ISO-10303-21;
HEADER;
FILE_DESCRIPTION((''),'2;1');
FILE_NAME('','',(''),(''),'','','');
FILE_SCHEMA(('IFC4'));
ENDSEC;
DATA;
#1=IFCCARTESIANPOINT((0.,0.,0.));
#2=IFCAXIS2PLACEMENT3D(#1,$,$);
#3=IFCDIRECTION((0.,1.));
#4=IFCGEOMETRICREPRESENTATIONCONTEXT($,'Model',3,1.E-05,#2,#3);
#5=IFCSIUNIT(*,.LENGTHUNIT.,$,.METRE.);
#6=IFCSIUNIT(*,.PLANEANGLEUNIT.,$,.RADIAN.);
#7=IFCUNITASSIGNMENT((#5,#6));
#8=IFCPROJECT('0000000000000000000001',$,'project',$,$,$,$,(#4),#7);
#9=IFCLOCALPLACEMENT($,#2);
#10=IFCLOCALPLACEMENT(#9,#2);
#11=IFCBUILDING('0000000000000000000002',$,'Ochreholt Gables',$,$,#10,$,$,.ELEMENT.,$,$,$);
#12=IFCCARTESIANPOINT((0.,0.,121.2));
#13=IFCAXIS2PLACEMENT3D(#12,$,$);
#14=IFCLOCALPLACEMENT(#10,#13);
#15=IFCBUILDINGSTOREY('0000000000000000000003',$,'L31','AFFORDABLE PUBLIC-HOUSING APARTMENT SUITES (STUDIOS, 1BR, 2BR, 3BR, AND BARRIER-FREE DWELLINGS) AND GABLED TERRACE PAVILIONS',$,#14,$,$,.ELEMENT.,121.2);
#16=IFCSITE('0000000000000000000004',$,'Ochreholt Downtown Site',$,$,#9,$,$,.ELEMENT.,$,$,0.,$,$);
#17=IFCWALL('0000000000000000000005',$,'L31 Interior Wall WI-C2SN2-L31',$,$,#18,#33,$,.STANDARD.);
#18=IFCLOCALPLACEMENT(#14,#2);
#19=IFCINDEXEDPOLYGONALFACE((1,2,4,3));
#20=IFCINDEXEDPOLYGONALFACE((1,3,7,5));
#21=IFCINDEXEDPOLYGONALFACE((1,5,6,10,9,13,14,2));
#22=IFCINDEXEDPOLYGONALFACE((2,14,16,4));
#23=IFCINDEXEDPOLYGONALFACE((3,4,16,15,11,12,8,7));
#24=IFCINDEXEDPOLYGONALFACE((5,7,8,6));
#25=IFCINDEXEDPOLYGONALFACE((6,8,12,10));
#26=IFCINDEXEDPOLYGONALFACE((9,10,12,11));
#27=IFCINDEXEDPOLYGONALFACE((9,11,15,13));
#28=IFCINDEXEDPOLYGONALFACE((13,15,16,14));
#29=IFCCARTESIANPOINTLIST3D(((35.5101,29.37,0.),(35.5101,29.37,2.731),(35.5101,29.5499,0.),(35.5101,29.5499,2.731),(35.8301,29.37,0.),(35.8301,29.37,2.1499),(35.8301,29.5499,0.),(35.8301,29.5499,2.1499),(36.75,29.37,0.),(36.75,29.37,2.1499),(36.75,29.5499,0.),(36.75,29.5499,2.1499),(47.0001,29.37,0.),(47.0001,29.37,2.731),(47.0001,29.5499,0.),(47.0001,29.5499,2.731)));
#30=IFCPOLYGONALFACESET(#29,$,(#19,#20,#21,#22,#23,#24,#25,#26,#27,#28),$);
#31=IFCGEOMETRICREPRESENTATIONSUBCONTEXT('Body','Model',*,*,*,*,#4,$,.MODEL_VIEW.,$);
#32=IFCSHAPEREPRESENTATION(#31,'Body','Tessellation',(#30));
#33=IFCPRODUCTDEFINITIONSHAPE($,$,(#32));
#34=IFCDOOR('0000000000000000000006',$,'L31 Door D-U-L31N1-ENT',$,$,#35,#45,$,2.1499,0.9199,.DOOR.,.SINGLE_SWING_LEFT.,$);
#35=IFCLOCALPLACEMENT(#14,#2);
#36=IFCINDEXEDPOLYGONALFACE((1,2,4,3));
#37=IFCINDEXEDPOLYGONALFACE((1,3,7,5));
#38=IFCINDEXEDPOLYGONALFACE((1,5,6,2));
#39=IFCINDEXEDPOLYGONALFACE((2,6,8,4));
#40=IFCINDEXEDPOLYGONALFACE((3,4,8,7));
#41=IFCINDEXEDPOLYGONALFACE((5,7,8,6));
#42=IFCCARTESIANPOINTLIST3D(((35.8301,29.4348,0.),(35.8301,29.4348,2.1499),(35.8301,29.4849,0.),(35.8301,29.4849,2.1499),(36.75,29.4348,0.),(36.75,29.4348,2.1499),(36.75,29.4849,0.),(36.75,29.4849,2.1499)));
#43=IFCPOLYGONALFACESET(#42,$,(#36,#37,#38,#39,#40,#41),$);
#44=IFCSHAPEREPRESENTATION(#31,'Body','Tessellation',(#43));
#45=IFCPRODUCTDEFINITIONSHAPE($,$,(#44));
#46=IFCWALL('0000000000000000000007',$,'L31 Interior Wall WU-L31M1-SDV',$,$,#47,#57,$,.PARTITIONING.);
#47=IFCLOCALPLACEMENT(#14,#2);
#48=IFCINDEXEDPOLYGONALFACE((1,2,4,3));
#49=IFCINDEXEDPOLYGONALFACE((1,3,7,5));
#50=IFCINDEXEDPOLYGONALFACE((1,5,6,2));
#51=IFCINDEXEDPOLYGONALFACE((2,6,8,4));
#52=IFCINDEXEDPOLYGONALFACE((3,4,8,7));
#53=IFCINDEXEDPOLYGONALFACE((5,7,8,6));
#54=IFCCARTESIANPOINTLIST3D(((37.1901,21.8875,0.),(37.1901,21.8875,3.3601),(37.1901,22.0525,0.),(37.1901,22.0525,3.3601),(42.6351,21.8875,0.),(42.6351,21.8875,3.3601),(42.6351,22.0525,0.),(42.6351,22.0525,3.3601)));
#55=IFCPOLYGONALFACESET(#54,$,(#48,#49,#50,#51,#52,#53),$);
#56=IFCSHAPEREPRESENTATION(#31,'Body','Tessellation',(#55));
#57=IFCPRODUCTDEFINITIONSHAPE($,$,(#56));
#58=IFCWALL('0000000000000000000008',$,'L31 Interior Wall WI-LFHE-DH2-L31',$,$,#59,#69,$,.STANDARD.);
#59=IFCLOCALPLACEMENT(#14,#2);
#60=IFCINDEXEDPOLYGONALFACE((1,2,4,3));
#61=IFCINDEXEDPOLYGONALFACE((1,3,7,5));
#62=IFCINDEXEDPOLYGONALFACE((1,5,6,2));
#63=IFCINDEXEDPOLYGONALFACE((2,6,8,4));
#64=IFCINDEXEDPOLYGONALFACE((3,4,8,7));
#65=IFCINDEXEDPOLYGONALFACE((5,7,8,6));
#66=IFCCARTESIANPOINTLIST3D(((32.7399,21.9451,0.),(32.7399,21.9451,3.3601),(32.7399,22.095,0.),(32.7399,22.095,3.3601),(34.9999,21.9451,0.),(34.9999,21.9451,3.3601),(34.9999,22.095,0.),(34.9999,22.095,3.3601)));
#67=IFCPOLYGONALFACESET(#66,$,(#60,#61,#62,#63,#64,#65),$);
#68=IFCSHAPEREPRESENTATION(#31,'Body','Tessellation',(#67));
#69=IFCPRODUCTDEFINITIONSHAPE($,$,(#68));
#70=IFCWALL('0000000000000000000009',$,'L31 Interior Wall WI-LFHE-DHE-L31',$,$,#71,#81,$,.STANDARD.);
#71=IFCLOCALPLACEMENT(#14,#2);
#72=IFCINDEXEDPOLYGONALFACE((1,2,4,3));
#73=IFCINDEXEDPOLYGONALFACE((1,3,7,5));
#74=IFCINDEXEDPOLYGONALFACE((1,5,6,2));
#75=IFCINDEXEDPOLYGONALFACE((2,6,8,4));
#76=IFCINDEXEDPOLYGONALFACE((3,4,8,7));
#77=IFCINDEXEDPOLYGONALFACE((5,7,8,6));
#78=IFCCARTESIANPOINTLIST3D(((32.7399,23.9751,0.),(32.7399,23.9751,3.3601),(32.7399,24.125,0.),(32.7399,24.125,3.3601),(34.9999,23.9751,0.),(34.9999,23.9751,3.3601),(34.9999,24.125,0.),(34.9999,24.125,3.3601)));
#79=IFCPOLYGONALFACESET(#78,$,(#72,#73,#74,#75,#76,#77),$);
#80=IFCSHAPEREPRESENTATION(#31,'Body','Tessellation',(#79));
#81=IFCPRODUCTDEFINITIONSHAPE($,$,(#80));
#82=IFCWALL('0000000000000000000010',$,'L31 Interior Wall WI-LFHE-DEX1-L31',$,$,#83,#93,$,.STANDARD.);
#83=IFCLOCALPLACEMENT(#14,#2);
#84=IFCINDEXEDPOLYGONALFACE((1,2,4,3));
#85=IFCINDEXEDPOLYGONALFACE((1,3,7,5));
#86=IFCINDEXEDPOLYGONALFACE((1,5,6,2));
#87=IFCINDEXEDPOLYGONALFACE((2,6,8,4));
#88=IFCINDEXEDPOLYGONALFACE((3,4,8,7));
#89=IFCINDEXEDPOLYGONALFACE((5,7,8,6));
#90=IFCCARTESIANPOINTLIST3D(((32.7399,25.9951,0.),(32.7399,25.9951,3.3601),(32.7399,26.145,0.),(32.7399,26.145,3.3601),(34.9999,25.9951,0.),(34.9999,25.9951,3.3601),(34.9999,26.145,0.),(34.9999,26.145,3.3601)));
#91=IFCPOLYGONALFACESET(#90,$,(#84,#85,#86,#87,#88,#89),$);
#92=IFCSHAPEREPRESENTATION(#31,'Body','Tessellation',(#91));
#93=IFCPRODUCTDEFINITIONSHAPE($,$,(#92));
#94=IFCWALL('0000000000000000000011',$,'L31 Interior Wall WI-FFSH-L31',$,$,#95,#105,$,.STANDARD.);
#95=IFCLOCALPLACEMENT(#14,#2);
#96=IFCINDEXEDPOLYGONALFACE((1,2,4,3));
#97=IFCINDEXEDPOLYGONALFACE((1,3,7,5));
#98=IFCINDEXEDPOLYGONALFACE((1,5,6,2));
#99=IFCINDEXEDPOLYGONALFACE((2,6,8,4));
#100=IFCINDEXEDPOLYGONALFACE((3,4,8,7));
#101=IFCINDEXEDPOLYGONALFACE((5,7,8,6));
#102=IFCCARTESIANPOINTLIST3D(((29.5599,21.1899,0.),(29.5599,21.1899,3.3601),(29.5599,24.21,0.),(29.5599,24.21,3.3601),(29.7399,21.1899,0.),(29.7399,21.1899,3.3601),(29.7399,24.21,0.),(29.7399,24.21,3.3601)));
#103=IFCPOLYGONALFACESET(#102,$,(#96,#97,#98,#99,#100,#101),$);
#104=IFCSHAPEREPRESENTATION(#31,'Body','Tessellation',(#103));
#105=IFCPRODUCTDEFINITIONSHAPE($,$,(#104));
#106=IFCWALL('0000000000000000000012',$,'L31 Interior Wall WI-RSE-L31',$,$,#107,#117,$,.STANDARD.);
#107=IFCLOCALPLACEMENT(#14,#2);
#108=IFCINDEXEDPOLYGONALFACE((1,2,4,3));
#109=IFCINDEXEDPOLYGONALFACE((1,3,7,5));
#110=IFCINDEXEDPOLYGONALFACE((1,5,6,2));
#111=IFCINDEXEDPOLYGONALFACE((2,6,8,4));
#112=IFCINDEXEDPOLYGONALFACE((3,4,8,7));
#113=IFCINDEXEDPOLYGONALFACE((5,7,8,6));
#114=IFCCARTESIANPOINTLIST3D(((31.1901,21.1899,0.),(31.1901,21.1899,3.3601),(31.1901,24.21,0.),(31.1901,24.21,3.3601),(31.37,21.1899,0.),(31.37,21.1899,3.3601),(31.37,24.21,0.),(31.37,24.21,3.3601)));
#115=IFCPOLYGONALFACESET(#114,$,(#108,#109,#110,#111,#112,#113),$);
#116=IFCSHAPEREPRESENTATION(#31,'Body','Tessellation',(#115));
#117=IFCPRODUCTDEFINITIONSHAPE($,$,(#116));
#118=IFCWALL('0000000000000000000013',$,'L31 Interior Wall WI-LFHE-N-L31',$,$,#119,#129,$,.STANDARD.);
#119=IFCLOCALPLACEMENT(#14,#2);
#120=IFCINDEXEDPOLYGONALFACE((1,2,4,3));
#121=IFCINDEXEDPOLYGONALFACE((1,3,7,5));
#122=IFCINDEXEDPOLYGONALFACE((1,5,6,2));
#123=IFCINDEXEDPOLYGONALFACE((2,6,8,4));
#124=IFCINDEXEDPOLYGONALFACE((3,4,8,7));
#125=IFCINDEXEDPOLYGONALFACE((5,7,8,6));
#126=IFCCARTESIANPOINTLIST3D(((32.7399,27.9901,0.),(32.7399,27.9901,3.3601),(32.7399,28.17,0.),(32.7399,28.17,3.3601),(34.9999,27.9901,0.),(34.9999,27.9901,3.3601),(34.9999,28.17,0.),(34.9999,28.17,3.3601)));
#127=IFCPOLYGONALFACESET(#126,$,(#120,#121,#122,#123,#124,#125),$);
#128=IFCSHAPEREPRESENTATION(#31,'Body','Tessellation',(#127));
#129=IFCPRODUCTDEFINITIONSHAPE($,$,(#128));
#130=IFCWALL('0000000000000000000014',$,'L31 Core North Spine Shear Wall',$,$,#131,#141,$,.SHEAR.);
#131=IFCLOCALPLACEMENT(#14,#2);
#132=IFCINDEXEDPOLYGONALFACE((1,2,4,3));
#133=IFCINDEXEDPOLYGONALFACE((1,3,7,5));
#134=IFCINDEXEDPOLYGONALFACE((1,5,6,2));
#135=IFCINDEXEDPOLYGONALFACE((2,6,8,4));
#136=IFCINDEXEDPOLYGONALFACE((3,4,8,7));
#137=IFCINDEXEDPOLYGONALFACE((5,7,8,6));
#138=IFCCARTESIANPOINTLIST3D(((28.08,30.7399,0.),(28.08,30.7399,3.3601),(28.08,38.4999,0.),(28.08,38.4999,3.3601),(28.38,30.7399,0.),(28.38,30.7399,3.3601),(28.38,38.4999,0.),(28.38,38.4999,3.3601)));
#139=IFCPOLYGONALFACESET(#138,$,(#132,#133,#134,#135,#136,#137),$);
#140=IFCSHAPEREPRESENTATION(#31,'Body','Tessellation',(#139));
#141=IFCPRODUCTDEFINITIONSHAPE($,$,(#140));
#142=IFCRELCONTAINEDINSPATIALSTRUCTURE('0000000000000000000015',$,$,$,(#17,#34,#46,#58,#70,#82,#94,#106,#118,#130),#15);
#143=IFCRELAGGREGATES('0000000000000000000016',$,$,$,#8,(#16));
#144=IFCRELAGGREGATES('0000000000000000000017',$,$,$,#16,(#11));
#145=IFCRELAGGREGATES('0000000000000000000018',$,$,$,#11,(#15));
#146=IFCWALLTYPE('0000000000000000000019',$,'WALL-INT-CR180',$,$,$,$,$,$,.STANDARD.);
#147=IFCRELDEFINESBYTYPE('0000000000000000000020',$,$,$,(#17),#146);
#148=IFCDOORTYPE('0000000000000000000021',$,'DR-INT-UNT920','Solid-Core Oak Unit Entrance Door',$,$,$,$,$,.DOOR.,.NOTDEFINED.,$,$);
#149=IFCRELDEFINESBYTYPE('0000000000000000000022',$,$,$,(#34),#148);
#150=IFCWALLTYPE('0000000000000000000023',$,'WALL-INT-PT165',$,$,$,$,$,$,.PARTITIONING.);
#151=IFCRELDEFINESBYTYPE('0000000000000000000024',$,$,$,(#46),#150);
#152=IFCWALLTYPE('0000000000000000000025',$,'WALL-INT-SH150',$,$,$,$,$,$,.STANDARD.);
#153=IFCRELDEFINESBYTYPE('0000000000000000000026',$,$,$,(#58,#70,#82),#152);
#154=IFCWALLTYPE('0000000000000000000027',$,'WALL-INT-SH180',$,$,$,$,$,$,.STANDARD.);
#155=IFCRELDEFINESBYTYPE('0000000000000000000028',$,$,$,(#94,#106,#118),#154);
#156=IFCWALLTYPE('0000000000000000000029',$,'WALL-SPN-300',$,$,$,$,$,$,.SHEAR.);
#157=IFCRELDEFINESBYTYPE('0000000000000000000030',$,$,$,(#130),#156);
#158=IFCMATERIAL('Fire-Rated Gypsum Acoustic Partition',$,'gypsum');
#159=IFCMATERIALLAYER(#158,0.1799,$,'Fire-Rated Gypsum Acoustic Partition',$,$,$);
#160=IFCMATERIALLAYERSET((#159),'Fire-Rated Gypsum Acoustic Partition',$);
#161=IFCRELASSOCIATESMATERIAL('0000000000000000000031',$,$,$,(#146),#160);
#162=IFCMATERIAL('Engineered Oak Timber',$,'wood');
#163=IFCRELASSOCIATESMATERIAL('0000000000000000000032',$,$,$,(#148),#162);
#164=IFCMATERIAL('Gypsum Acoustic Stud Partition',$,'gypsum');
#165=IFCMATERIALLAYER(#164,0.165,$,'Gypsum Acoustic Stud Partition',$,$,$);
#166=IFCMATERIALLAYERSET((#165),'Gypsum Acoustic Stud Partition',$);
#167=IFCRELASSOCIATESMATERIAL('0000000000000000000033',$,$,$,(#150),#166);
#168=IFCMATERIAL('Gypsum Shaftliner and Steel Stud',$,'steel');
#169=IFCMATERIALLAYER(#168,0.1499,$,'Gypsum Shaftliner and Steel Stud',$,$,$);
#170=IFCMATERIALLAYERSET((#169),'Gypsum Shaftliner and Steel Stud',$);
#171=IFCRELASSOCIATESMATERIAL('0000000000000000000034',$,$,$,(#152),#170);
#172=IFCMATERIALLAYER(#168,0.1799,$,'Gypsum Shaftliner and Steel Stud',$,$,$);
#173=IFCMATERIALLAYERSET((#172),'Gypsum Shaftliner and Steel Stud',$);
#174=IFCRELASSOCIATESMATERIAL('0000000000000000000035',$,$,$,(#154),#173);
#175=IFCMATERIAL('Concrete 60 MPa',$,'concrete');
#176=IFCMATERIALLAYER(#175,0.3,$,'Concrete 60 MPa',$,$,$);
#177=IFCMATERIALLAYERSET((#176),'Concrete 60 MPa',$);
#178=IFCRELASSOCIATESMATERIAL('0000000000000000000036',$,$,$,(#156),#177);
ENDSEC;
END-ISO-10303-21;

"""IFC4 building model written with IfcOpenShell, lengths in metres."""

from ifc_helpers import new_model, si_unit, direction, frame, frame_2d, origin, place, context, subcontext, project, spatial, rectangle, extrude, material, layer, layer_set, type_object, element, fill, save


model = new_model("IFC4")

# Units and contexts
model_context = context("Model", 3, precision=1e-05, world=origin(), true_north=direction((0.0, 1.0)))
body_context = subcontext(model_context, "Body", "Model", "MODEL_VIEW")
ifc_project = project(units=[si_unit("LENGTHUNIT", "METRE"), si_unit("PLANEANGLEUNIT", "RADIAN")], contexts=[model_context])

# Site, building, storey
site_placement = place(None, origin())
site = spatial("IfcSite", under=ifc_project, at=site_placement, Name="Ochreholt Downtown Site", CompositionType="ELEMENT", RefElevation=0.0)
building_placement = place(site_placement, origin())
building = spatial("IfcBuilding", under=site, at=building_placement, Name="Ochreholt Gables", CompositionType="ELEMENT")
storey_placement = place(building_placement, frame((0.0, 0.0, 121.2)))
storey = spatial("IfcBuildingStorey", under=building, at=storey_placement, Name="L31", Description="AFFORDABLE PUBLIC-HOUSING APARTMENT SUITES (STUDIOS, 1BR, 2BR, 3BR, AND BARRIER-FREE DWELLINGS) AND GABLED TERRACE PAVILIONS", CompositionType="ELEMENT", Elevation=121.2)

# Shared definitions
ifc_material_1 = material(Name="Concrete 60 MPa", Category="concrete")

# Shared definitions
ifc_material_2 = material(Name="Fire-Rated Gypsum Acoustic Partition", Category="gypsum")
ifc_layer_1 = layer(ifc_material_2, 0.1799, Name="Fire-Rated Gypsum Acoustic Partition")
ifc_layer_set_1 = layer_set([ifc_layer_1], Name="Fire-Rated Gypsum Acoustic Partition")
wall_type_1 = type_object("IfcWallType", Name="WALL-INT-CR180", PredefinedType="STANDARD", material=ifc_layer_set_1)

# Wall, opening, door
wall_1_placement = place(storey_placement, frame((35.51, 29.46, 0.0), z_axis=(0.0, 0.0, 1.0), x_axis=(1.0, 0.0, 0.0)))
wall_1 = element("IfcWall", 1, at=wall_1_placement, inside=storey, type_object=wall_type_1, Name="L31 Interior Wall WI-C2SN2-L31", PredefinedType="STANDARD", context=body_context, shape_type="SweptSolid", body=[
    extrude(rectangle(XDim=11.49, YDim=0.1799, at=frame_2d((5.7451, 0.0))), origin(), (0.0, 0.0, 1.0), 2.731),
])
opening_1_placement = place(wall_1_placement, frame((0.3201, 0.0, 0.0)))
opening_1 = element("IfcOpeningElement", 2, at=opening_1_placement, cuts=wall_1, PredefinedType="OPENING", context=body_context, shape_type="SweptSolid", body=[
    extrude(rectangle(XDim=0.9199, YDim=2.1499, at=frame_2d((0.46, 1.075))), frame((0.0, 0.0999, 0.0), z_axis=(0.0, -1.0, 0.0), x_axis=(1.0, 0.0, 0.0)), (0.0, 0.0, 1.0), 0.2),
])
ifc_material_3 = material(Name="Engineered Oak Timber", Category="wood")
door_type_1 = type_object("IfcDoorType", Name="DR-INT-UNT920", Description="Solid-Core Oak Unit Entrance Door", OperationType="NOTDEFINED", PredefinedType="DOOR", material=ifc_material_3)
door_1_placement = place(opening_1_placement, origin())
door_1 = element("IfcDoor", 3, at=door_1_placement, inside=storey, type_object=door_type_1, Name="L31 Door D-U-L31N1-ENT", OperationType="SINGLE_SWING_LEFT", OverallHeight=2.1499, OverallWidth=0.9199, PredefinedType="DOOR", context=body_context, shape_type="SweptSolid", body=[
    extrude(rectangle(XDim=0.9199, YDim=2.1499, at=frame_2d((0.46, 1.075))), frame((0.0, 0.0249, 0.0), z_axis=(0.0, -1.0, 0.0), x_axis=(1.0, 0.0, 0.0)), (0.0, 0.0, 1.0), 0.05),
])
fill(opening_1, door_1)

# Walls
ifc_material_4 = material(Name="Gypsum Acoustic Stud Partition", Category="gypsum")
ifc_layer_2 = layer(ifc_material_4, 0.165, Name="Gypsum Acoustic Stud Partition")
ifc_layer_set_2 = layer_set([ifc_layer_2], Name="Gypsum Acoustic Stud Partition")
wall_type_2 = type_object("IfcWallType", Name="WALL-INT-PT165", PredefinedType="PARTITIONING", material=ifc_layer_set_2)
wall_2_placement = place(storey_placement, frame((37.1899, 21.97, 0.0), z_axis=(0.0, 0.0, 1.0), x_axis=(1.0, 0.0, 0.0)))
element("IfcWall", 4, at=wall_2_placement, inside=storey, type_object=wall_type_2, Name="L31 Interior Wall WU-L31M1-SDV", PredefinedType="PARTITIONING", context=body_context, shape_type="SweptSolid", body=[
    extrude(rectangle(XDim=5.4451, YDim=0.165, at=frame_2d((2.7227, 0.0))), origin(), (0.0, 0.0, 1.0), 3.3601),
])
ifc_material_5 = material(Name="Gypsum Shaftliner and Steel Stud", Category="steel")
ifc_layer_3 = layer(ifc_material_5, 0.1499, Name="Gypsum Shaftliner and Steel Stud")
ifc_layer_set_3 = layer_set([ifc_layer_3], Name="Gypsum Shaftliner and Steel Stud")
wall_type_3 = type_object("IfcWallType", Name="WALL-INT-SH150", PredefinedType="STANDARD", material=ifc_layer_set_3)
for number, where, z_axis, x_axis, name in (
    (5, (32.74, 22.02, 0.0), (0.0, 0.0, 1.0), (1.0, 0.0, 0.0), "L31 Interior Wall WI-LFHE-DH2-L31"),
    (6, (32.74, 24.05, 0.0), (0.0, 0.0, 1.0), (1.0, 0.0, 0.0), "L31 Interior Wall WI-LFHE-DHE-L31"),
    (7, (32.74, 26.0701, 0.0), (0.0, 0.0, 1.0), (1.0, 0.0, 0.0), "L31 Interior Wall WI-LFHE-DEX1-L31"),
):
    element("IfcWall", number, at=place(storey_placement, frame(where, z_axis=z_axis, x_axis=x_axis)), inside=storey, type_object=wall_type_3, Name=name, PredefinedType="STANDARD", context=body_context, shape_type="SweptSolid", body=[
        extrude(rectangle(XDim=2.26, YDim=0.1499, at=frame_2d((1.1299, 0.0))), origin(), (0.0, 0.0, 1.0), 3.3601),
    ])
ifc_layer_4 = layer(ifc_material_5, 0.1799, Name="Gypsum Shaftliner and Steel Stud")
ifc_layer_set_4 = layer_set([ifc_layer_4], Name="Gypsum Shaftliner and Steel Stud")
wall_type_4 = type_object("IfcWallType", Name="WALL-INT-SH180", PredefinedType="STANDARD", material=ifc_layer_set_4)
for number, where, z_axis, x_axis, name in (
    (8, (29.6499, 21.1899, 0.0), (0.0, 0.0, 1.0), (0.0, 1.0, 0.0), "L31 Interior Wall WI-FFSH-L31"),
    (9, (31.28, 21.1899, 0.0), (0.0, 0.0, 1.0), (0.0, 1.0, 0.0), "L31 Interior Wall WI-RSE-L31"),
):
    element("IfcWall", number, at=place(storey_placement, frame(where, z_axis=z_axis, x_axis=x_axis)), inside=storey, type_object=wall_type_4, Name=name, PredefinedType="STANDARD", context=body_context, shape_type="SweptSolid", body=[
        extrude(rectangle(XDim=3.02, YDim=0.1799, at=frame_2d((1.51, 0.0))), origin(), (0.0, 0.0, 1.0), 3.3601),
    ])
wall_3_placement = place(storey_placement, frame((32.74, 28.0801, 0.0), z_axis=(0.0, 0.0, 1.0), x_axis=(1.0, 0.0, 0.0)))
element("IfcWall", 10, at=wall_3_placement, inside=storey, type_object=wall_type_4, Name="L31 Interior Wall WI-LFHE-N-L31", PredefinedType="STANDARD", context=body_context, shape_type="SweptSolid", body=[
    extrude(rectangle(XDim=2.26, YDim=0.1799, at=frame_2d((1.1299, 0.0))), origin(), (0.0, 0.0, 1.0), 3.3601),
])
ifc_layer_5 = layer(ifc_material_1, 0.3, Name="Concrete 60 MPa")
ifc_layer_set_5 = layer_set([ifc_layer_5], Name="Concrete 60 MPa")
wall_type_5 = type_object("IfcWallType", Name="WALL-SPN-300", PredefinedType="SHEAR", material=ifc_layer_set_5)
wall_4_placement = place(storey_placement, frame((28.23, 30.74, 0.0), z_axis=(0.0, 0.0, 1.0), x_axis=(0.0, 1.0, 0.0)))
element("IfcWall", 11, at=wall_4_placement, inside=storey, type_object=wall_type_5, Name="L31 Core North Spine Shear Wall", PredefinedType="SHEAR", context=body_context, shape_type="SweptSolid", body=[
    extrude(rectangle(XDim=7.76, YDim=0.3, at=frame_2d((3.8799, 0.0))), origin(), (0.0, 0.0, 1.0), 3.3601),
])

save(model, "model.ifc")
